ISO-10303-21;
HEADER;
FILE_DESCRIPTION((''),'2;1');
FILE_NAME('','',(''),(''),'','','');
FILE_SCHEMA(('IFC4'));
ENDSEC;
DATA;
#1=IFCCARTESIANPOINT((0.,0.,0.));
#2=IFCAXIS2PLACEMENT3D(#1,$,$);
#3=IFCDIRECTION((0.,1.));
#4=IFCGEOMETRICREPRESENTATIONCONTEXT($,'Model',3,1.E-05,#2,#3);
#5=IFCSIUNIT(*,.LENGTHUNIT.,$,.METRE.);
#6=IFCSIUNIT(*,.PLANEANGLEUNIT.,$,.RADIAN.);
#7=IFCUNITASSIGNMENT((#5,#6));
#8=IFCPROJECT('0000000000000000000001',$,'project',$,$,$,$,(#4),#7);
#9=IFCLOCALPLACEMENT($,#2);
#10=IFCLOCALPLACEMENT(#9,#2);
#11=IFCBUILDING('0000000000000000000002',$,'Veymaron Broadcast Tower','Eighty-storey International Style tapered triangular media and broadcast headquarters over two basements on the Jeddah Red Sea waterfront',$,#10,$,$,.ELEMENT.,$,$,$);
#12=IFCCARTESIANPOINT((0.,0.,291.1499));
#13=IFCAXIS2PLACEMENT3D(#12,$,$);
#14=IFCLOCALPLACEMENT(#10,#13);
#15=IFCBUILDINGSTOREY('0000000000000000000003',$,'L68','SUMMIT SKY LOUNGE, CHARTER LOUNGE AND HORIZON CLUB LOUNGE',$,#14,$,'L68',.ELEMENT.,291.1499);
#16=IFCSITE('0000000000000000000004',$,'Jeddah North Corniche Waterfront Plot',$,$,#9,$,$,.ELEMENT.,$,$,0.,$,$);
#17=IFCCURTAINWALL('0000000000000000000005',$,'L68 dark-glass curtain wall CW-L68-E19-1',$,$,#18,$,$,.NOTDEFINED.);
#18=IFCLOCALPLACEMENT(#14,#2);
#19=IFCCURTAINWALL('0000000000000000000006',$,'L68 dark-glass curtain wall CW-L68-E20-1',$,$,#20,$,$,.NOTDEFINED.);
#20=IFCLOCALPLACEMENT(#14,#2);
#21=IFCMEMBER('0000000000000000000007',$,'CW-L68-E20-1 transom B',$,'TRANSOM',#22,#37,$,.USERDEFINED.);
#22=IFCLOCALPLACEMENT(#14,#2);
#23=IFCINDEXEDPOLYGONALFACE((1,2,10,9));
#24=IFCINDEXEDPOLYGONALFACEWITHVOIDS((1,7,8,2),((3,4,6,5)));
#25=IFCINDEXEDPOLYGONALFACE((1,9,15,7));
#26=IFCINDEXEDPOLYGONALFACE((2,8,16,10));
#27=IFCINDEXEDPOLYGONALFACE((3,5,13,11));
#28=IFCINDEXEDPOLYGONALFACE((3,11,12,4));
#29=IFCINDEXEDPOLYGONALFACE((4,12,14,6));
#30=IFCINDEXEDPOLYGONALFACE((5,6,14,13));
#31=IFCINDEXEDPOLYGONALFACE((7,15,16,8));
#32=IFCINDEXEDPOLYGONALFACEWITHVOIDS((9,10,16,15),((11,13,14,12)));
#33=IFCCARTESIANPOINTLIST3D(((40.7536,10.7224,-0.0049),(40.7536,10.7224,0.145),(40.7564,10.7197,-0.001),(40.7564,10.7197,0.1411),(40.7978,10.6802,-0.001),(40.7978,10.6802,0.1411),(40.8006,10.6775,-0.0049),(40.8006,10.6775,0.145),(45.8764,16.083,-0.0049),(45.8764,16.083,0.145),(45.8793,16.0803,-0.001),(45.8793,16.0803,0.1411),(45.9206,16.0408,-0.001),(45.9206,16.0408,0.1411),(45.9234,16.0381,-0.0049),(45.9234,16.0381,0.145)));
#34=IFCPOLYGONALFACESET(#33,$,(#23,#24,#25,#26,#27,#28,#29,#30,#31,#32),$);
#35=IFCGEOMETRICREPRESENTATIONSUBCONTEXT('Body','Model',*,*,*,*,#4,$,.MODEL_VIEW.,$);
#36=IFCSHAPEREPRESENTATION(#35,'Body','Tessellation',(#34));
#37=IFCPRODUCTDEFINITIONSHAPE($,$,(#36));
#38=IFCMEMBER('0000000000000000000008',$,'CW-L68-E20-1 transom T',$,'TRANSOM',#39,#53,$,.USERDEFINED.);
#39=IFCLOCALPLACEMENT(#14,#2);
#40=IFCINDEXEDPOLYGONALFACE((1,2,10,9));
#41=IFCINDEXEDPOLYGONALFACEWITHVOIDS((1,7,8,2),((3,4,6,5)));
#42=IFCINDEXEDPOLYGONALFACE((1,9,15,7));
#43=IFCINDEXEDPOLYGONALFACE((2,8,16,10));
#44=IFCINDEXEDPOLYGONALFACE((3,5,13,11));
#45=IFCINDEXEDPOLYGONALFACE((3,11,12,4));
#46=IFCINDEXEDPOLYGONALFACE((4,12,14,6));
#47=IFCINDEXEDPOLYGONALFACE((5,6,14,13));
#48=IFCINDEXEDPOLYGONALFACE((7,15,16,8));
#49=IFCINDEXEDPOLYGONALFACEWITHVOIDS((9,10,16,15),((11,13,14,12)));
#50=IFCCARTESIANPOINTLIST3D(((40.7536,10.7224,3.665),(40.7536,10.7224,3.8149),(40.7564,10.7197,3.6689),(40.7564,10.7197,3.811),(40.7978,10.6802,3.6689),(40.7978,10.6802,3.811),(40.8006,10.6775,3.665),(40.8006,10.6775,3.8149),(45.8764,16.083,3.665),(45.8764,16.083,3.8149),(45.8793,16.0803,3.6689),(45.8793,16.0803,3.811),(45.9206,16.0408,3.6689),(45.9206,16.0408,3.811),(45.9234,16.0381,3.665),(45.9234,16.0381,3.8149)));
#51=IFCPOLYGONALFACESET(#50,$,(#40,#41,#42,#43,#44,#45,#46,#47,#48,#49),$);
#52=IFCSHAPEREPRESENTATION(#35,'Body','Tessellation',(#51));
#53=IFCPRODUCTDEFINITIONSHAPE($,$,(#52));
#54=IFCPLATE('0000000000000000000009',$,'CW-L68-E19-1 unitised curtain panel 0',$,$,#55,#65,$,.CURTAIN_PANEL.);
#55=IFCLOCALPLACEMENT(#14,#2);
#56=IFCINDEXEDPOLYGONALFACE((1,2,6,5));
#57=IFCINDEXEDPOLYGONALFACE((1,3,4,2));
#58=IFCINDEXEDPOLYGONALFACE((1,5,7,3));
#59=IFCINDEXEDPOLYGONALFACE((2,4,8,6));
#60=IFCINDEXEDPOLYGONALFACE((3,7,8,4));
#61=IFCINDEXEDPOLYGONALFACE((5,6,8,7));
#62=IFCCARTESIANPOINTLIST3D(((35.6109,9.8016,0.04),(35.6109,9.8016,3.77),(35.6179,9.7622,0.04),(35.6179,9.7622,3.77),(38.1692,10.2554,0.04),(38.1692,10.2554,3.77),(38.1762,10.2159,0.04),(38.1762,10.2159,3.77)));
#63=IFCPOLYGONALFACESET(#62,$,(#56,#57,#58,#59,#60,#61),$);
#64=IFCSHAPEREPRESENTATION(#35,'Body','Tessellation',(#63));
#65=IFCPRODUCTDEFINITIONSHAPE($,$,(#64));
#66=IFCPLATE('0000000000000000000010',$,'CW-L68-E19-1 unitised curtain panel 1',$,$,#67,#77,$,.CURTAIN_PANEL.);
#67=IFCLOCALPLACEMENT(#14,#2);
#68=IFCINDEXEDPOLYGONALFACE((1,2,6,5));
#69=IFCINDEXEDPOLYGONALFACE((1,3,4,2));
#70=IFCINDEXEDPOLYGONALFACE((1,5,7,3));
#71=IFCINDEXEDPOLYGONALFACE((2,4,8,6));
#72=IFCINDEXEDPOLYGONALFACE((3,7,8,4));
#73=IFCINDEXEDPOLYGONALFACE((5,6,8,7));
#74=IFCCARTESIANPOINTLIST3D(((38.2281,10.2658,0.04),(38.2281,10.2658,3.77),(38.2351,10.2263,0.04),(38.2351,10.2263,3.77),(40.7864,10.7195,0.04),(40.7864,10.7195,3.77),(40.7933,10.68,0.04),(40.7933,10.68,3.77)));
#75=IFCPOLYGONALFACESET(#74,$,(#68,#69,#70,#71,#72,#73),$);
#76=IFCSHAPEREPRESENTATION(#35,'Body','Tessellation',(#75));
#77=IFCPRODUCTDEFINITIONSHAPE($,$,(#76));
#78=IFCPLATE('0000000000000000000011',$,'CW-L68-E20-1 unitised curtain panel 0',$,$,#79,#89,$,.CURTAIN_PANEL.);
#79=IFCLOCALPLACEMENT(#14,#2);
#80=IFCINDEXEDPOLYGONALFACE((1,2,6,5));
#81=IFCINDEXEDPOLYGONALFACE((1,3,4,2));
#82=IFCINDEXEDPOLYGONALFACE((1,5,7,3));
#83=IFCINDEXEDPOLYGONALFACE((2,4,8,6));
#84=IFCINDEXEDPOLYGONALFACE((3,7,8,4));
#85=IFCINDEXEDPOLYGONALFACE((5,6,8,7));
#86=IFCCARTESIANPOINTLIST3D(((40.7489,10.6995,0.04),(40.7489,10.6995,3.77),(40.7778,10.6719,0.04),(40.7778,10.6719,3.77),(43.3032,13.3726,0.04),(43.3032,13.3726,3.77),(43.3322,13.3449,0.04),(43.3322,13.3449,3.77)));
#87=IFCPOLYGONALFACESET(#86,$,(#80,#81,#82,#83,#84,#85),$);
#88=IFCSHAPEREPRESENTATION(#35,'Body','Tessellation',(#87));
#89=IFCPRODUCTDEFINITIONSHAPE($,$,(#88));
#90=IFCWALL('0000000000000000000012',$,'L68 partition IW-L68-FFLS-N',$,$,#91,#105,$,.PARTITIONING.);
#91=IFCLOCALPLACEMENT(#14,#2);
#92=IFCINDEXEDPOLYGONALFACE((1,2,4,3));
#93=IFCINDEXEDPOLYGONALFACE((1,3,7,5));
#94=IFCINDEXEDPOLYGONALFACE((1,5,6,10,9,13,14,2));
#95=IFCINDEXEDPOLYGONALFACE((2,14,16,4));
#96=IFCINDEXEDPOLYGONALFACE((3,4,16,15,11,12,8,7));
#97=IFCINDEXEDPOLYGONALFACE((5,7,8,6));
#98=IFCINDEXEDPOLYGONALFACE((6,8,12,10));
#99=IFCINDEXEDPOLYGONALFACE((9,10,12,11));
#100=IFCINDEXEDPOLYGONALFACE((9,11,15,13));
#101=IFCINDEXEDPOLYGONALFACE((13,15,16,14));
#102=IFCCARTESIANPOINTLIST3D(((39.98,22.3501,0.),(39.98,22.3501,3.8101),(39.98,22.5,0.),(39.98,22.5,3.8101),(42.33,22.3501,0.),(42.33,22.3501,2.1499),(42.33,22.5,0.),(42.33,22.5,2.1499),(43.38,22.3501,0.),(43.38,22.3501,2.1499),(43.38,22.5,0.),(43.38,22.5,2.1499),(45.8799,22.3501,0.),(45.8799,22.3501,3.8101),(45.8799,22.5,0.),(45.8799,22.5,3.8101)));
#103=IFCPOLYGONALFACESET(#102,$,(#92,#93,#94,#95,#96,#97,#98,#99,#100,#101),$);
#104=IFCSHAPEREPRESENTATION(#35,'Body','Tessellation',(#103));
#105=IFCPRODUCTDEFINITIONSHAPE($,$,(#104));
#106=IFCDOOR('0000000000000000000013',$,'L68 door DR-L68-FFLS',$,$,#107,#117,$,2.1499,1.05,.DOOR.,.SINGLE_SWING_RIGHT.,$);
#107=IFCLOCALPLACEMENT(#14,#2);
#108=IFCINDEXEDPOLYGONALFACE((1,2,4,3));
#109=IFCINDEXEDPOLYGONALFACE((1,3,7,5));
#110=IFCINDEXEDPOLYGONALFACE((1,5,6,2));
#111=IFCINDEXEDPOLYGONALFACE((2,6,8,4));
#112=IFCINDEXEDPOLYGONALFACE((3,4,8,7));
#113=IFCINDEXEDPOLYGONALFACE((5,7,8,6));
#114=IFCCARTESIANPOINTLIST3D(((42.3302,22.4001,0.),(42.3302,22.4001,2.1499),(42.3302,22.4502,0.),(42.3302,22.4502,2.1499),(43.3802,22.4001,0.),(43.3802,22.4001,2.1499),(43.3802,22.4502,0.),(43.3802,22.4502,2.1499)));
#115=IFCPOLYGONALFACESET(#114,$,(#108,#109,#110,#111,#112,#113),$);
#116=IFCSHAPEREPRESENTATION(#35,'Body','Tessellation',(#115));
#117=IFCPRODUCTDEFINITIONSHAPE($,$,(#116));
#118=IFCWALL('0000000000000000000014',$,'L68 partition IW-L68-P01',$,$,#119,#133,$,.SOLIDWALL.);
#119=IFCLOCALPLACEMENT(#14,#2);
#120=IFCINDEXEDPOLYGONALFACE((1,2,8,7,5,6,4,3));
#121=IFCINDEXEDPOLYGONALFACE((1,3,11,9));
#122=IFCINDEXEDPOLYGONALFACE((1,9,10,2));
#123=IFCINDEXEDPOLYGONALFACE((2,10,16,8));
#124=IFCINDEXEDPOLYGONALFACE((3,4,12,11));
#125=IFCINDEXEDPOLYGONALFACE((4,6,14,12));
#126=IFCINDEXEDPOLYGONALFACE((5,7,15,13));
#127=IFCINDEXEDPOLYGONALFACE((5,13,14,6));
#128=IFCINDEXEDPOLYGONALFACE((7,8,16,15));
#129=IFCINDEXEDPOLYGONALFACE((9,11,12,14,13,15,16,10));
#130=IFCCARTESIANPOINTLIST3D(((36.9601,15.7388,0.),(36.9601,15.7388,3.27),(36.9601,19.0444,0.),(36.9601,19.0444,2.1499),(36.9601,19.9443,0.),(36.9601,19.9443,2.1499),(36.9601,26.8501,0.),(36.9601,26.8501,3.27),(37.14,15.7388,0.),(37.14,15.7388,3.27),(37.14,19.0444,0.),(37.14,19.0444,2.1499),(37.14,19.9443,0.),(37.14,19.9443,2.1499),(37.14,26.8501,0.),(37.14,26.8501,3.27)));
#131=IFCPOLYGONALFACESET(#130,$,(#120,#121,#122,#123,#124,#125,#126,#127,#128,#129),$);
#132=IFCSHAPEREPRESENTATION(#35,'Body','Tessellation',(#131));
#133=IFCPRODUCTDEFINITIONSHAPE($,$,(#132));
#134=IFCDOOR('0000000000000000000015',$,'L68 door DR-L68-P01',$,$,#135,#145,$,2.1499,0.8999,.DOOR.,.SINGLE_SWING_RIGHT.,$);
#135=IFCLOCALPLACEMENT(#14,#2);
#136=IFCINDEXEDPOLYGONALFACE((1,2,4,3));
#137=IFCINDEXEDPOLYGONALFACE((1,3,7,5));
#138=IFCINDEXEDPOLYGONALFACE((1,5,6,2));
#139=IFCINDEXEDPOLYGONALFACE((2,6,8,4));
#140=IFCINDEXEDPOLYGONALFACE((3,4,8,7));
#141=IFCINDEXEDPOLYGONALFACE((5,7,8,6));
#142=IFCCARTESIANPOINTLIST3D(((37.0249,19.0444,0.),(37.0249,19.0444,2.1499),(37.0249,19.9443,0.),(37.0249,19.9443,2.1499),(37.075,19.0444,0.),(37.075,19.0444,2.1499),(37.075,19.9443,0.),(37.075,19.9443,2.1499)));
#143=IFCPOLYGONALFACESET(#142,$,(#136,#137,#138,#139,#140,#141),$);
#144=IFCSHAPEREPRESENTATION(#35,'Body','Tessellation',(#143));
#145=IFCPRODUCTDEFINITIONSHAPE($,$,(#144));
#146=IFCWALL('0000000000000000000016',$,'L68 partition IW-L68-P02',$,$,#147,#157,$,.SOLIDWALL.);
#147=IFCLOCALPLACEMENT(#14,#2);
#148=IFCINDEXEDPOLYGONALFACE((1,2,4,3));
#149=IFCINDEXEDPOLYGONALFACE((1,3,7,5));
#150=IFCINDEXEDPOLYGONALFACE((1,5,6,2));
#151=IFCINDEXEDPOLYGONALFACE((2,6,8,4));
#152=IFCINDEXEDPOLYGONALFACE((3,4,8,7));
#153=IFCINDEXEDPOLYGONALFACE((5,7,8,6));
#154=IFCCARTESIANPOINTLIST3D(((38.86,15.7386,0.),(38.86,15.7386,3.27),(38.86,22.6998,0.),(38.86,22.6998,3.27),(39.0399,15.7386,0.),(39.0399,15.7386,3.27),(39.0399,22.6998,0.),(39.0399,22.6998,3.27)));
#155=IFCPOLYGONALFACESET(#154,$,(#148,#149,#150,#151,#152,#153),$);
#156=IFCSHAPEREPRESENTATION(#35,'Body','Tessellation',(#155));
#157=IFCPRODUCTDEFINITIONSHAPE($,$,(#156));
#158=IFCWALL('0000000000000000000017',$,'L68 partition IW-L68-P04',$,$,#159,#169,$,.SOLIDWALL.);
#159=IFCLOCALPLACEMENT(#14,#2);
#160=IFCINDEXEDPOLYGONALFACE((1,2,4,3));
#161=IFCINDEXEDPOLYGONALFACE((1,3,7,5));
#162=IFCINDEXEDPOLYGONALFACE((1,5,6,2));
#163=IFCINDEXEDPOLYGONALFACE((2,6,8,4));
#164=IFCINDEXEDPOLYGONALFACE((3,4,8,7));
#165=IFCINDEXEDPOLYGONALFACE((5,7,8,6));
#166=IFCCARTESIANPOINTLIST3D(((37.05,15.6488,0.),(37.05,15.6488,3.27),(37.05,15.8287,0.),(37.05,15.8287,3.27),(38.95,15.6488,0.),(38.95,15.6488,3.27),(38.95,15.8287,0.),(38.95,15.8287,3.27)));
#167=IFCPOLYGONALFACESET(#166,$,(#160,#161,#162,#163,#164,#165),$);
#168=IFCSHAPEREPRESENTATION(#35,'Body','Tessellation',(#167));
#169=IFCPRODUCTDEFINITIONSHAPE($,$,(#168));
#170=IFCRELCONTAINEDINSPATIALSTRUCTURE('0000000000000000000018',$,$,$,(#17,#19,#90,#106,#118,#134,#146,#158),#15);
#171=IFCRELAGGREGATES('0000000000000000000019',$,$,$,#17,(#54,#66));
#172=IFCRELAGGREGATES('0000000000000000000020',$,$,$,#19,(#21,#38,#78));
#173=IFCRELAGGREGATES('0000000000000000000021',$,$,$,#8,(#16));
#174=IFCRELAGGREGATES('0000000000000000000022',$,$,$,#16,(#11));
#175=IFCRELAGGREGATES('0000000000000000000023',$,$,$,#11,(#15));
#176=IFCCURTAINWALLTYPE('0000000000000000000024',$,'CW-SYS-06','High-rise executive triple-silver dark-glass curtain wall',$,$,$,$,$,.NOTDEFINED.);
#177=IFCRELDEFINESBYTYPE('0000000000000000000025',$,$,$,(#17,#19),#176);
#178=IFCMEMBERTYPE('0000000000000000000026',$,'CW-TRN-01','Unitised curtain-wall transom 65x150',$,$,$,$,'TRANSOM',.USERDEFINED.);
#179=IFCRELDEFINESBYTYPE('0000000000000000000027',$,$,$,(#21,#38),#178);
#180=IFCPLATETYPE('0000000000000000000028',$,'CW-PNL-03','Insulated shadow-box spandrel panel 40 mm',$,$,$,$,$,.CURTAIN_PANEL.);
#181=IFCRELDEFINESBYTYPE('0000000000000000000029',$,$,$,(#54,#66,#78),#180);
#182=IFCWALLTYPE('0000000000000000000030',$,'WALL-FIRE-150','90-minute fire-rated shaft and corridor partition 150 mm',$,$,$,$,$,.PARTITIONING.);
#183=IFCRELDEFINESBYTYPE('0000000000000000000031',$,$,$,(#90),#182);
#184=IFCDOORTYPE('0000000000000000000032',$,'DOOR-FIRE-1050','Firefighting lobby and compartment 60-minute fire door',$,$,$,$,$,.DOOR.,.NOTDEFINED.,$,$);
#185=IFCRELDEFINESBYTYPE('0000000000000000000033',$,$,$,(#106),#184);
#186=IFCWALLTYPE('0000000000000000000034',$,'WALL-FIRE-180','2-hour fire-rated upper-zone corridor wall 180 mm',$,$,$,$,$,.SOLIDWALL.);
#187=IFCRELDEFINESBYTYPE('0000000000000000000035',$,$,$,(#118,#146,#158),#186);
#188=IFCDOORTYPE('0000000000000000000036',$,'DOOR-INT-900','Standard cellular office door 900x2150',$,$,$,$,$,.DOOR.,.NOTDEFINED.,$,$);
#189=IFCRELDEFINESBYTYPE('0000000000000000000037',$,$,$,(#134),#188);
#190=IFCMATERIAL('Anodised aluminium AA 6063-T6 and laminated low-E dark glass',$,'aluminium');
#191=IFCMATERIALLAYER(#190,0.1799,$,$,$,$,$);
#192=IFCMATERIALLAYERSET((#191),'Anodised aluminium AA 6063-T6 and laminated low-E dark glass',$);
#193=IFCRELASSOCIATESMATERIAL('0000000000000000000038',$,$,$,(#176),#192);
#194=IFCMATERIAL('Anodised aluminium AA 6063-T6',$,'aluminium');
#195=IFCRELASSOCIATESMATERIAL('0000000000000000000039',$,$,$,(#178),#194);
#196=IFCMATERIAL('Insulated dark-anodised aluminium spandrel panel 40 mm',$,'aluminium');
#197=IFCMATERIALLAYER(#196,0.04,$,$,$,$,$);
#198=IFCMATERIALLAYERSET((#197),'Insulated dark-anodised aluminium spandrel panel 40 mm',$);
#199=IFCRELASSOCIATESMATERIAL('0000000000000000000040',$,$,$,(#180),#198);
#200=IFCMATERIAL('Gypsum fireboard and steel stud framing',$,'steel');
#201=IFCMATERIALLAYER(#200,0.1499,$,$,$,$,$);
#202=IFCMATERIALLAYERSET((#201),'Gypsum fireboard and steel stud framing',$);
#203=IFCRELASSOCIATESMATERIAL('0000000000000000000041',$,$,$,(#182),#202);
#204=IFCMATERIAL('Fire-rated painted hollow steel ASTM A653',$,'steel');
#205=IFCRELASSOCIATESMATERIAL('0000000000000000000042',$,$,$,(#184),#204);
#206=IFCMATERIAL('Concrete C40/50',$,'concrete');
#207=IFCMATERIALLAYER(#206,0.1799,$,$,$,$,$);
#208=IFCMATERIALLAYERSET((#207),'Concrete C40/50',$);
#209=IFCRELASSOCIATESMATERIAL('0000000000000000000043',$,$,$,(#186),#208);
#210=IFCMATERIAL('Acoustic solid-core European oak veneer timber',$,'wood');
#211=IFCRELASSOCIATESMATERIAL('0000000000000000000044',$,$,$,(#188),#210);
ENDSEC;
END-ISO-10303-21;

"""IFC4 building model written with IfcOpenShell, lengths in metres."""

from ifc_helpers import new_model, si_unit, direction, frame, frame_2d, origin, origin_2d, place, context, subcontext, project, spatial, rectangle, hollow_rectangle, extrude, material, layer, layer_set, material_profile, profile_set, type_object, element, fill, aggregate, save


model = new_model("IFC4")

# Units and contexts
model_context = context("Model", 3, precision=1e-05, world=origin(), true_north=direction((0.0, 1.0)))
body_context = subcontext(model_context, "Body", "Model", "MODEL_VIEW")
ifc_project = project(units=[si_unit("LENGTHUNIT", "METRE"), si_unit("PLANEANGLEUNIT", "RADIAN")], contexts=[model_context])

# Site, building, storey
site_placement = place(None, origin())
site = spatial("IfcSite", under=ifc_project, at=site_placement, Name="Jeddah North Corniche Waterfront Plot", CompositionType="ELEMENT", RefElevation=0.0)
building_placement = place(site_placement, origin())
building = spatial("IfcBuilding", under=site, at=building_placement, Name="Veymaron Broadcast Tower", Description="Eighty-storey International Style tapered triangular media and broadcast headquarters over two basements on the Jeddah Red Sea waterfront", CompositionType="ELEMENT")
storey_placement = place(building_placement, frame((0.0, 0.0, 291.1499)))
storey = spatial("IfcBuildingStorey", under=building, at=storey_placement, Name="L68", Description="SUMMIT SKY LOUNGE, CHARTER LOUNGE AND HORIZON CLUB LOUNGE", LongName="L68", CompositionType="ELEMENT", Elevation=291.1499)

# Curtain walls
ifc_material_1 = material(Name="Anodised aluminium AA 6063-T6 and laminated low-E dark glass", Category="aluminium")
ifc_layer_1 = layer(ifc_material_1, 0.1799)
ifc_layer_set_1 = layer_set([ifc_layer_1], Name="Anodised aluminium AA 6063-T6 and laminated low-E dark glass")
curtain_wall_type = type_object("IfcCurtainWallType", Name="CW-SYS-06", Description="High-rise executive triple-silver dark-glass curtain wall", PredefinedType="NOTDEFINED", material=ifc_layer_set_1)
curtain_wall_1_placement = place(storey_placement, origin())
curtain_wall_1 = element("IfcCurtainWall", 1, at=curtain_wall_1_placement, inside=storey, type_object=curtain_wall_type, Name="L68 dark-glass curtain wall CW-L68-E19-1", PredefinedType="NOTDEFINED")
ifc_material_2 = material(Name="Anodised aluminium AA 6063-T6", Category="aluminium")
curtain_wall_2_placement = place(storey_placement, origin())
curtain_wall_2 = element("IfcCurtainWall", 2, at=curtain_wall_2_placement, inside=storey, type_object=curtain_wall_type, Name="L68 dark-glass curtain wall CW-L68-E20-1", PredefinedType="NOTDEFINED")

# Members
ifc_material_profile_1 = material_profile(ifc_material_2, hollow_rectangle(XDim=0.0649, YDim=0.1499, WallThickness=0.0039, at=origin_2d()), Name="AL150X65X4")
ifc_profile_set_1 = profile_set([ifc_material_profile_1], Name="Anodised aluminium AA 6063-T6")
member_type_1 = type_object("IfcMemberType", Name="CW-TRN-01", Description="Unitised curtain-wall transom 65x150", ElementType="TRANSOM", PredefinedType="USERDEFINED", material=ifc_profile_set_1)
member_1_placement = place(storey_placement, frame((40.7771, 10.7, 0.0701), z_axis=(0.69089, 0.72296, 0.0), x_axis=(-0.72296, 0.69089, 0.0)))
member_1 = element("IfcMember", 3, at=member_1_placement, type_object=member_type_1, Name="CW-L68-E20-1 transom B", ObjectType="TRANSOM", PredefinedType="USERDEFINED", context=body_context, shape_type="SweptSolid", body=[
    extrude(hollow_rectangle(XDim=0.0649, YDim=0.1499, WallThickness=0.0039, at=origin_2d()), origin(), (0.0, 0.0, 1.0), 7.4148),
])
member_2_placement = place(storey_placement, frame((40.7771, 10.7, 3.74), z_axis=(0.69089, 0.72296, 0.0), x_axis=(-0.72296, 0.69089, 0.0)))
member_2 = element("IfcMember", 4, at=member_2_placement, type_object=member_type_1, Name="CW-L68-E20-1 transom T", ObjectType="TRANSOM", PredefinedType="USERDEFINED", context=body_context, shape_type="SweptSolid", body=[
    extrude(hollow_rectangle(XDim=0.0649, YDim=0.1499, WallThickness=0.0039, at=origin_2d()), origin(), (0.0, 0.0, 1.0), 7.4148),
])

# Plates
ifc_material_3 = material(Name="Insulated dark-anodised aluminium spandrel panel 40 mm", Category="aluminium")
ifc_layer_2 = layer(ifc_material_3, 0.04)
ifc_layer_set_2 = layer_set([ifc_layer_2], Name="Insulated dark-anodised aluminium spandrel panel 40 mm")
plate_type = type_object("IfcPlateType", Name="CW-PNL-03", Description="Insulated shadow-box spandrel panel 40 mm", PredefinedType="CURTAIN_PANEL", material=ifc_layer_set_2)
plate_1_placement = place(storey_placement, frame((36.8936, 10.0088, 0.04), z_axis=(0.0, 0.0, 1.0), x_axis=(0.984635, 0.174628, 0.0)))
plate_1 = element("IfcPlate", 5, at=plate_1_placement, type_object=plate_type, Name="CW-L68-E19-1 unitised curtain panel 0", PredefinedType="CURTAIN_PANEL", context=body_context, shape_type="SweptSolid", body=[
    extrude(rectangle(XDim=2.5981, YDim=0.04, at=origin_2d()), origin(), (0.0, 0.0, 1.0), 3.73),
])
plate_2_placement = place(storey_placement, frame((39.5107, 10.4729, 0.04), z_axis=(0.0, 0.0, 1.0), x_axis=(0.984635, 0.174628, 0.0)))
plate_2 = element("IfcPlate", 6, at=plate_2_placement, type_object=plate_type, Name="CW-L68-E19-1 unitised curtain panel 1", PredefinedType="CURTAIN_PANEL", context=body_context, shape_type="SweptSolid", body=[
    extrude(rectangle(XDim=2.5981, YDim=0.04, at=origin_2d()), origin(), (0.0, 0.0, 1.0), 3.73),
])
aggregate(curtain_wall_1, [plate_1, plate_2])
plate_3_placement = place(storey_placement, frame((42.0405, 12.0222, 0.04), z_axis=(0.0, 0.0, 1.0), x_axis=(0.69087, 0.722979, 0.0)))
plate_3 = element("IfcPlate", 7, at=plate_3_placement, type_object=plate_type, Name="CW-L68-E20-1 unitised curtain panel 0", PredefinedType="CURTAIN_PANEL", context=body_context, shape_type="SweptSolid", body=[
    extrude(rectangle(XDim=3.6973, YDim=0.04, at=origin_2d()), origin(), (0.0, 0.0, 1.0), 3.73),
])
aggregate(curtain_wall_2, [member_1, member_2, plate_3])

# Walls, openings, doors
ifc_material_4 = material(Name="Gypsum fireboard and steel stud framing", Category="steel")
ifc_layer_3 = layer(ifc_material_4, 0.1499)
ifc_layer_set_3 = layer_set([ifc_layer_3], Name="Gypsum fireboard and steel stud framing")
wall_type_1 = type_object("IfcWallType", Name="WALL-FIRE-150", Description="90-minute fire-rated shaft and corridor partition 150 mm", PredefinedType="PARTITIONING", material=ifc_layer_set_3)
wall_1_placement = place(storey_placement, frame((39.98, 22.425, 0.0), z_axis=(0.0, 0.0, 1.0), x_axis=(1.0, 0.0, 0.0)))
wall_1 = element("IfcWall", 8, at=wall_1_placement, inside=storey, type_object=wall_type_1, Name="L68 partition IW-L68-FFLS-N", PredefinedType="PARTITIONING", context=body_context, shape_type="SweptSolid", body=[
    extrude(rectangle(XDim=5.8999, YDim=0.1499, at=frame_2d((2.95, 0.0))), origin(), (0.0, 0.0, 1.0), 3.8101),
])
opening_1_placement = place(wall_1_placement, frame((2.3501, 0.0, 0.0)))
opening_1 = element("IfcOpeningElement", 9, at=opening_1_placement, cuts=wall_1, PredefinedType="OPENING", context=body_context, shape_type="SweptSolid", body=[
    extrude(rectangle(XDim=1.05, YDim=2.1499, at=frame_2d((0.5249, 1.075))), frame((0.0, 0.085, 0.0), z_axis=(0.0, -1.0, 0.0), x_axis=(1.0, 0.0, 0.0)), (0.0, 0.0, 1.0), 0.1699),
])
ifc_material_5 = material(Name="Fire-rated painted hollow steel ASTM A653", Category="steel")
door_type_1 = type_object("IfcDoorType", Name="DOOR-FIRE-1050", Description="Firefighting lobby and compartment 60-minute fire door", OperationType="NOTDEFINED", PredefinedType="DOOR", material=ifc_material_5)
door_1_placement = place(opening_1_placement, frame((1.05, 0.0, 0.0), z_axis=(0.0, 0.0, 1.0), x_axis=(-1.0, 0.0, 0.0)))
door_1 = element("IfcDoor", 10, at=door_1_placement, inside=storey, type_object=door_type_1, Name="L68 door DR-L68-FFLS", OperationType="SINGLE_SWING_RIGHT", OverallHeight=2.1499, OverallWidth=1.05, PredefinedType="DOOR", context=body_context, shape_type="SweptSolid", body=[
    extrude(rectangle(XDim=1.05, YDim=2.1499, at=frame_2d((0.5249, 1.075))), frame((0.0, 0.0249, 0.0), z_axis=(0.0, -1.0, 0.0), x_axis=(1.0, 0.0, 0.0)), (0.0, 0.0, 1.0), 0.05),
])
fill(opening_1, door_1)
ifc_material_6 = material(Name="Concrete C40/50", Category="concrete")
ifc_layer_4 = layer(ifc_material_6, 0.1799)
ifc_layer_set_4 = layer_set([ifc_layer_4], Name="Concrete C40/50")
wall_type_2 = type_object("IfcWallType", Name="WALL-FIRE-180", Description="2-hour fire-rated upper-zone corridor wall 180 mm", PredefinedType="SOLIDWALL", material=ifc_layer_set_4)
wall_2_placement = place(storey_placement, frame((37.05, 15.7388, 0.0), z_axis=(0.0, 0.0, 1.0), x_axis=(0.0, 1.0, 0.0)))
wall_2 = element("IfcWall", 11, at=wall_2_placement, inside=storey, type_object=wall_type_2, Name="L68 partition IW-L68-P01", PredefinedType="SOLIDWALL", context=body_context, shape_type="SweptSolid", body=[
    extrude(rectangle(XDim=11.1113, YDim=0.1799, at=frame_2d((5.5557, 0.0))), origin(), (0.0, 0.0, 1.0), 3.27),
])
opening_2_placement = place(wall_2_placement, frame((3.3057, 0.0, 0.0)))
opening_2 = element("IfcOpeningElement", 12, at=opening_2_placement, cuts=wall_2, PredefinedType="OPENING", context=body_context, shape_type="SweptSolid", body=[
    extrude(rectangle(XDim=0.8999, YDim=2.1499, at=frame_2d((0.45, 1.075))), frame((0.0, 0.1001, 0.0), z_axis=(0.0, -1.0, 0.0), x_axis=(1.0, 0.0, 0.0)), (0.0, 0.0, 1.0), 0.2),
])
ifc_material_7 = material(Name="Acoustic solid-core European oak veneer timber", Category="wood")
door_type_2 = type_object("IfcDoorType", Name="DOOR-INT-900", Description="Standard cellular office door 900x2150", OperationType="NOTDEFINED", PredefinedType="DOOR", material=ifc_material_7)
door_2_placement = place(opening_2_placement, frame((0.8999, 0.0, 0.0), z_axis=(0.0, 0.0, 1.0), x_axis=(-1.0, 0.0, 0.0)))
door_2 = element("IfcDoor", 13, at=door_2_placement, inside=storey, type_object=door_type_2, Name="L68 door DR-L68-P01", OperationType="SINGLE_SWING_RIGHT", OverallHeight=2.1499, OverallWidth=0.8999, PredefinedType="DOOR", context=body_context, shape_type="SweptSolid", body=[
    extrude(rectangle(XDim=0.8999, YDim=2.1499, at=frame_2d((0.45, 1.075))), frame((0.0, 0.0249, 0.0), z_axis=(0.0, -1.0, 0.0), x_axis=(1.0, 0.0, 0.0)), (0.0, 0.0, 1.0), 0.05),
])
fill(opening_2, door_2)

# Walls
wall_3_placement = place(storey_placement, frame((38.95, 15.7388, 0.0), z_axis=(0.0, 0.0, 1.0), x_axis=(0.0, 1.0, 0.0)))
element("IfcWall", 14, at=wall_3_placement, inside=storey, type_object=wall_type_2, Name="L68 partition IW-L68-P02", PredefinedType="SOLIDWALL", context=body_context, shape_type="SweptSolid", body=[
    extrude(rectangle(XDim=6.9612, YDim=0.1799, at=frame_2d((3.4805, 0.0))), origin(), (0.0, 0.0, 1.0), 3.27),
])
wall_4_placement = place(storey_placement, frame((37.05, 15.7388, 0.0), z_axis=(0.0, 0.0, 1.0), x_axis=(1.0, 0.0, 0.0)))
element("IfcWall", 15, at=wall_4_placement, inside=storey, type_object=wall_type_2, Name="L68 partition IW-L68-P04", PredefinedType="SOLIDWALL", context=body_context, shape_type="SweptSolid", body=[
    extrude(rectangle(XDim=1.8999, YDim=0.1799, at=frame_2d((0.95, 0.0))), origin(), (0.0, 0.0, 1.0), 3.27),
])

save(model, "model.ifc")
